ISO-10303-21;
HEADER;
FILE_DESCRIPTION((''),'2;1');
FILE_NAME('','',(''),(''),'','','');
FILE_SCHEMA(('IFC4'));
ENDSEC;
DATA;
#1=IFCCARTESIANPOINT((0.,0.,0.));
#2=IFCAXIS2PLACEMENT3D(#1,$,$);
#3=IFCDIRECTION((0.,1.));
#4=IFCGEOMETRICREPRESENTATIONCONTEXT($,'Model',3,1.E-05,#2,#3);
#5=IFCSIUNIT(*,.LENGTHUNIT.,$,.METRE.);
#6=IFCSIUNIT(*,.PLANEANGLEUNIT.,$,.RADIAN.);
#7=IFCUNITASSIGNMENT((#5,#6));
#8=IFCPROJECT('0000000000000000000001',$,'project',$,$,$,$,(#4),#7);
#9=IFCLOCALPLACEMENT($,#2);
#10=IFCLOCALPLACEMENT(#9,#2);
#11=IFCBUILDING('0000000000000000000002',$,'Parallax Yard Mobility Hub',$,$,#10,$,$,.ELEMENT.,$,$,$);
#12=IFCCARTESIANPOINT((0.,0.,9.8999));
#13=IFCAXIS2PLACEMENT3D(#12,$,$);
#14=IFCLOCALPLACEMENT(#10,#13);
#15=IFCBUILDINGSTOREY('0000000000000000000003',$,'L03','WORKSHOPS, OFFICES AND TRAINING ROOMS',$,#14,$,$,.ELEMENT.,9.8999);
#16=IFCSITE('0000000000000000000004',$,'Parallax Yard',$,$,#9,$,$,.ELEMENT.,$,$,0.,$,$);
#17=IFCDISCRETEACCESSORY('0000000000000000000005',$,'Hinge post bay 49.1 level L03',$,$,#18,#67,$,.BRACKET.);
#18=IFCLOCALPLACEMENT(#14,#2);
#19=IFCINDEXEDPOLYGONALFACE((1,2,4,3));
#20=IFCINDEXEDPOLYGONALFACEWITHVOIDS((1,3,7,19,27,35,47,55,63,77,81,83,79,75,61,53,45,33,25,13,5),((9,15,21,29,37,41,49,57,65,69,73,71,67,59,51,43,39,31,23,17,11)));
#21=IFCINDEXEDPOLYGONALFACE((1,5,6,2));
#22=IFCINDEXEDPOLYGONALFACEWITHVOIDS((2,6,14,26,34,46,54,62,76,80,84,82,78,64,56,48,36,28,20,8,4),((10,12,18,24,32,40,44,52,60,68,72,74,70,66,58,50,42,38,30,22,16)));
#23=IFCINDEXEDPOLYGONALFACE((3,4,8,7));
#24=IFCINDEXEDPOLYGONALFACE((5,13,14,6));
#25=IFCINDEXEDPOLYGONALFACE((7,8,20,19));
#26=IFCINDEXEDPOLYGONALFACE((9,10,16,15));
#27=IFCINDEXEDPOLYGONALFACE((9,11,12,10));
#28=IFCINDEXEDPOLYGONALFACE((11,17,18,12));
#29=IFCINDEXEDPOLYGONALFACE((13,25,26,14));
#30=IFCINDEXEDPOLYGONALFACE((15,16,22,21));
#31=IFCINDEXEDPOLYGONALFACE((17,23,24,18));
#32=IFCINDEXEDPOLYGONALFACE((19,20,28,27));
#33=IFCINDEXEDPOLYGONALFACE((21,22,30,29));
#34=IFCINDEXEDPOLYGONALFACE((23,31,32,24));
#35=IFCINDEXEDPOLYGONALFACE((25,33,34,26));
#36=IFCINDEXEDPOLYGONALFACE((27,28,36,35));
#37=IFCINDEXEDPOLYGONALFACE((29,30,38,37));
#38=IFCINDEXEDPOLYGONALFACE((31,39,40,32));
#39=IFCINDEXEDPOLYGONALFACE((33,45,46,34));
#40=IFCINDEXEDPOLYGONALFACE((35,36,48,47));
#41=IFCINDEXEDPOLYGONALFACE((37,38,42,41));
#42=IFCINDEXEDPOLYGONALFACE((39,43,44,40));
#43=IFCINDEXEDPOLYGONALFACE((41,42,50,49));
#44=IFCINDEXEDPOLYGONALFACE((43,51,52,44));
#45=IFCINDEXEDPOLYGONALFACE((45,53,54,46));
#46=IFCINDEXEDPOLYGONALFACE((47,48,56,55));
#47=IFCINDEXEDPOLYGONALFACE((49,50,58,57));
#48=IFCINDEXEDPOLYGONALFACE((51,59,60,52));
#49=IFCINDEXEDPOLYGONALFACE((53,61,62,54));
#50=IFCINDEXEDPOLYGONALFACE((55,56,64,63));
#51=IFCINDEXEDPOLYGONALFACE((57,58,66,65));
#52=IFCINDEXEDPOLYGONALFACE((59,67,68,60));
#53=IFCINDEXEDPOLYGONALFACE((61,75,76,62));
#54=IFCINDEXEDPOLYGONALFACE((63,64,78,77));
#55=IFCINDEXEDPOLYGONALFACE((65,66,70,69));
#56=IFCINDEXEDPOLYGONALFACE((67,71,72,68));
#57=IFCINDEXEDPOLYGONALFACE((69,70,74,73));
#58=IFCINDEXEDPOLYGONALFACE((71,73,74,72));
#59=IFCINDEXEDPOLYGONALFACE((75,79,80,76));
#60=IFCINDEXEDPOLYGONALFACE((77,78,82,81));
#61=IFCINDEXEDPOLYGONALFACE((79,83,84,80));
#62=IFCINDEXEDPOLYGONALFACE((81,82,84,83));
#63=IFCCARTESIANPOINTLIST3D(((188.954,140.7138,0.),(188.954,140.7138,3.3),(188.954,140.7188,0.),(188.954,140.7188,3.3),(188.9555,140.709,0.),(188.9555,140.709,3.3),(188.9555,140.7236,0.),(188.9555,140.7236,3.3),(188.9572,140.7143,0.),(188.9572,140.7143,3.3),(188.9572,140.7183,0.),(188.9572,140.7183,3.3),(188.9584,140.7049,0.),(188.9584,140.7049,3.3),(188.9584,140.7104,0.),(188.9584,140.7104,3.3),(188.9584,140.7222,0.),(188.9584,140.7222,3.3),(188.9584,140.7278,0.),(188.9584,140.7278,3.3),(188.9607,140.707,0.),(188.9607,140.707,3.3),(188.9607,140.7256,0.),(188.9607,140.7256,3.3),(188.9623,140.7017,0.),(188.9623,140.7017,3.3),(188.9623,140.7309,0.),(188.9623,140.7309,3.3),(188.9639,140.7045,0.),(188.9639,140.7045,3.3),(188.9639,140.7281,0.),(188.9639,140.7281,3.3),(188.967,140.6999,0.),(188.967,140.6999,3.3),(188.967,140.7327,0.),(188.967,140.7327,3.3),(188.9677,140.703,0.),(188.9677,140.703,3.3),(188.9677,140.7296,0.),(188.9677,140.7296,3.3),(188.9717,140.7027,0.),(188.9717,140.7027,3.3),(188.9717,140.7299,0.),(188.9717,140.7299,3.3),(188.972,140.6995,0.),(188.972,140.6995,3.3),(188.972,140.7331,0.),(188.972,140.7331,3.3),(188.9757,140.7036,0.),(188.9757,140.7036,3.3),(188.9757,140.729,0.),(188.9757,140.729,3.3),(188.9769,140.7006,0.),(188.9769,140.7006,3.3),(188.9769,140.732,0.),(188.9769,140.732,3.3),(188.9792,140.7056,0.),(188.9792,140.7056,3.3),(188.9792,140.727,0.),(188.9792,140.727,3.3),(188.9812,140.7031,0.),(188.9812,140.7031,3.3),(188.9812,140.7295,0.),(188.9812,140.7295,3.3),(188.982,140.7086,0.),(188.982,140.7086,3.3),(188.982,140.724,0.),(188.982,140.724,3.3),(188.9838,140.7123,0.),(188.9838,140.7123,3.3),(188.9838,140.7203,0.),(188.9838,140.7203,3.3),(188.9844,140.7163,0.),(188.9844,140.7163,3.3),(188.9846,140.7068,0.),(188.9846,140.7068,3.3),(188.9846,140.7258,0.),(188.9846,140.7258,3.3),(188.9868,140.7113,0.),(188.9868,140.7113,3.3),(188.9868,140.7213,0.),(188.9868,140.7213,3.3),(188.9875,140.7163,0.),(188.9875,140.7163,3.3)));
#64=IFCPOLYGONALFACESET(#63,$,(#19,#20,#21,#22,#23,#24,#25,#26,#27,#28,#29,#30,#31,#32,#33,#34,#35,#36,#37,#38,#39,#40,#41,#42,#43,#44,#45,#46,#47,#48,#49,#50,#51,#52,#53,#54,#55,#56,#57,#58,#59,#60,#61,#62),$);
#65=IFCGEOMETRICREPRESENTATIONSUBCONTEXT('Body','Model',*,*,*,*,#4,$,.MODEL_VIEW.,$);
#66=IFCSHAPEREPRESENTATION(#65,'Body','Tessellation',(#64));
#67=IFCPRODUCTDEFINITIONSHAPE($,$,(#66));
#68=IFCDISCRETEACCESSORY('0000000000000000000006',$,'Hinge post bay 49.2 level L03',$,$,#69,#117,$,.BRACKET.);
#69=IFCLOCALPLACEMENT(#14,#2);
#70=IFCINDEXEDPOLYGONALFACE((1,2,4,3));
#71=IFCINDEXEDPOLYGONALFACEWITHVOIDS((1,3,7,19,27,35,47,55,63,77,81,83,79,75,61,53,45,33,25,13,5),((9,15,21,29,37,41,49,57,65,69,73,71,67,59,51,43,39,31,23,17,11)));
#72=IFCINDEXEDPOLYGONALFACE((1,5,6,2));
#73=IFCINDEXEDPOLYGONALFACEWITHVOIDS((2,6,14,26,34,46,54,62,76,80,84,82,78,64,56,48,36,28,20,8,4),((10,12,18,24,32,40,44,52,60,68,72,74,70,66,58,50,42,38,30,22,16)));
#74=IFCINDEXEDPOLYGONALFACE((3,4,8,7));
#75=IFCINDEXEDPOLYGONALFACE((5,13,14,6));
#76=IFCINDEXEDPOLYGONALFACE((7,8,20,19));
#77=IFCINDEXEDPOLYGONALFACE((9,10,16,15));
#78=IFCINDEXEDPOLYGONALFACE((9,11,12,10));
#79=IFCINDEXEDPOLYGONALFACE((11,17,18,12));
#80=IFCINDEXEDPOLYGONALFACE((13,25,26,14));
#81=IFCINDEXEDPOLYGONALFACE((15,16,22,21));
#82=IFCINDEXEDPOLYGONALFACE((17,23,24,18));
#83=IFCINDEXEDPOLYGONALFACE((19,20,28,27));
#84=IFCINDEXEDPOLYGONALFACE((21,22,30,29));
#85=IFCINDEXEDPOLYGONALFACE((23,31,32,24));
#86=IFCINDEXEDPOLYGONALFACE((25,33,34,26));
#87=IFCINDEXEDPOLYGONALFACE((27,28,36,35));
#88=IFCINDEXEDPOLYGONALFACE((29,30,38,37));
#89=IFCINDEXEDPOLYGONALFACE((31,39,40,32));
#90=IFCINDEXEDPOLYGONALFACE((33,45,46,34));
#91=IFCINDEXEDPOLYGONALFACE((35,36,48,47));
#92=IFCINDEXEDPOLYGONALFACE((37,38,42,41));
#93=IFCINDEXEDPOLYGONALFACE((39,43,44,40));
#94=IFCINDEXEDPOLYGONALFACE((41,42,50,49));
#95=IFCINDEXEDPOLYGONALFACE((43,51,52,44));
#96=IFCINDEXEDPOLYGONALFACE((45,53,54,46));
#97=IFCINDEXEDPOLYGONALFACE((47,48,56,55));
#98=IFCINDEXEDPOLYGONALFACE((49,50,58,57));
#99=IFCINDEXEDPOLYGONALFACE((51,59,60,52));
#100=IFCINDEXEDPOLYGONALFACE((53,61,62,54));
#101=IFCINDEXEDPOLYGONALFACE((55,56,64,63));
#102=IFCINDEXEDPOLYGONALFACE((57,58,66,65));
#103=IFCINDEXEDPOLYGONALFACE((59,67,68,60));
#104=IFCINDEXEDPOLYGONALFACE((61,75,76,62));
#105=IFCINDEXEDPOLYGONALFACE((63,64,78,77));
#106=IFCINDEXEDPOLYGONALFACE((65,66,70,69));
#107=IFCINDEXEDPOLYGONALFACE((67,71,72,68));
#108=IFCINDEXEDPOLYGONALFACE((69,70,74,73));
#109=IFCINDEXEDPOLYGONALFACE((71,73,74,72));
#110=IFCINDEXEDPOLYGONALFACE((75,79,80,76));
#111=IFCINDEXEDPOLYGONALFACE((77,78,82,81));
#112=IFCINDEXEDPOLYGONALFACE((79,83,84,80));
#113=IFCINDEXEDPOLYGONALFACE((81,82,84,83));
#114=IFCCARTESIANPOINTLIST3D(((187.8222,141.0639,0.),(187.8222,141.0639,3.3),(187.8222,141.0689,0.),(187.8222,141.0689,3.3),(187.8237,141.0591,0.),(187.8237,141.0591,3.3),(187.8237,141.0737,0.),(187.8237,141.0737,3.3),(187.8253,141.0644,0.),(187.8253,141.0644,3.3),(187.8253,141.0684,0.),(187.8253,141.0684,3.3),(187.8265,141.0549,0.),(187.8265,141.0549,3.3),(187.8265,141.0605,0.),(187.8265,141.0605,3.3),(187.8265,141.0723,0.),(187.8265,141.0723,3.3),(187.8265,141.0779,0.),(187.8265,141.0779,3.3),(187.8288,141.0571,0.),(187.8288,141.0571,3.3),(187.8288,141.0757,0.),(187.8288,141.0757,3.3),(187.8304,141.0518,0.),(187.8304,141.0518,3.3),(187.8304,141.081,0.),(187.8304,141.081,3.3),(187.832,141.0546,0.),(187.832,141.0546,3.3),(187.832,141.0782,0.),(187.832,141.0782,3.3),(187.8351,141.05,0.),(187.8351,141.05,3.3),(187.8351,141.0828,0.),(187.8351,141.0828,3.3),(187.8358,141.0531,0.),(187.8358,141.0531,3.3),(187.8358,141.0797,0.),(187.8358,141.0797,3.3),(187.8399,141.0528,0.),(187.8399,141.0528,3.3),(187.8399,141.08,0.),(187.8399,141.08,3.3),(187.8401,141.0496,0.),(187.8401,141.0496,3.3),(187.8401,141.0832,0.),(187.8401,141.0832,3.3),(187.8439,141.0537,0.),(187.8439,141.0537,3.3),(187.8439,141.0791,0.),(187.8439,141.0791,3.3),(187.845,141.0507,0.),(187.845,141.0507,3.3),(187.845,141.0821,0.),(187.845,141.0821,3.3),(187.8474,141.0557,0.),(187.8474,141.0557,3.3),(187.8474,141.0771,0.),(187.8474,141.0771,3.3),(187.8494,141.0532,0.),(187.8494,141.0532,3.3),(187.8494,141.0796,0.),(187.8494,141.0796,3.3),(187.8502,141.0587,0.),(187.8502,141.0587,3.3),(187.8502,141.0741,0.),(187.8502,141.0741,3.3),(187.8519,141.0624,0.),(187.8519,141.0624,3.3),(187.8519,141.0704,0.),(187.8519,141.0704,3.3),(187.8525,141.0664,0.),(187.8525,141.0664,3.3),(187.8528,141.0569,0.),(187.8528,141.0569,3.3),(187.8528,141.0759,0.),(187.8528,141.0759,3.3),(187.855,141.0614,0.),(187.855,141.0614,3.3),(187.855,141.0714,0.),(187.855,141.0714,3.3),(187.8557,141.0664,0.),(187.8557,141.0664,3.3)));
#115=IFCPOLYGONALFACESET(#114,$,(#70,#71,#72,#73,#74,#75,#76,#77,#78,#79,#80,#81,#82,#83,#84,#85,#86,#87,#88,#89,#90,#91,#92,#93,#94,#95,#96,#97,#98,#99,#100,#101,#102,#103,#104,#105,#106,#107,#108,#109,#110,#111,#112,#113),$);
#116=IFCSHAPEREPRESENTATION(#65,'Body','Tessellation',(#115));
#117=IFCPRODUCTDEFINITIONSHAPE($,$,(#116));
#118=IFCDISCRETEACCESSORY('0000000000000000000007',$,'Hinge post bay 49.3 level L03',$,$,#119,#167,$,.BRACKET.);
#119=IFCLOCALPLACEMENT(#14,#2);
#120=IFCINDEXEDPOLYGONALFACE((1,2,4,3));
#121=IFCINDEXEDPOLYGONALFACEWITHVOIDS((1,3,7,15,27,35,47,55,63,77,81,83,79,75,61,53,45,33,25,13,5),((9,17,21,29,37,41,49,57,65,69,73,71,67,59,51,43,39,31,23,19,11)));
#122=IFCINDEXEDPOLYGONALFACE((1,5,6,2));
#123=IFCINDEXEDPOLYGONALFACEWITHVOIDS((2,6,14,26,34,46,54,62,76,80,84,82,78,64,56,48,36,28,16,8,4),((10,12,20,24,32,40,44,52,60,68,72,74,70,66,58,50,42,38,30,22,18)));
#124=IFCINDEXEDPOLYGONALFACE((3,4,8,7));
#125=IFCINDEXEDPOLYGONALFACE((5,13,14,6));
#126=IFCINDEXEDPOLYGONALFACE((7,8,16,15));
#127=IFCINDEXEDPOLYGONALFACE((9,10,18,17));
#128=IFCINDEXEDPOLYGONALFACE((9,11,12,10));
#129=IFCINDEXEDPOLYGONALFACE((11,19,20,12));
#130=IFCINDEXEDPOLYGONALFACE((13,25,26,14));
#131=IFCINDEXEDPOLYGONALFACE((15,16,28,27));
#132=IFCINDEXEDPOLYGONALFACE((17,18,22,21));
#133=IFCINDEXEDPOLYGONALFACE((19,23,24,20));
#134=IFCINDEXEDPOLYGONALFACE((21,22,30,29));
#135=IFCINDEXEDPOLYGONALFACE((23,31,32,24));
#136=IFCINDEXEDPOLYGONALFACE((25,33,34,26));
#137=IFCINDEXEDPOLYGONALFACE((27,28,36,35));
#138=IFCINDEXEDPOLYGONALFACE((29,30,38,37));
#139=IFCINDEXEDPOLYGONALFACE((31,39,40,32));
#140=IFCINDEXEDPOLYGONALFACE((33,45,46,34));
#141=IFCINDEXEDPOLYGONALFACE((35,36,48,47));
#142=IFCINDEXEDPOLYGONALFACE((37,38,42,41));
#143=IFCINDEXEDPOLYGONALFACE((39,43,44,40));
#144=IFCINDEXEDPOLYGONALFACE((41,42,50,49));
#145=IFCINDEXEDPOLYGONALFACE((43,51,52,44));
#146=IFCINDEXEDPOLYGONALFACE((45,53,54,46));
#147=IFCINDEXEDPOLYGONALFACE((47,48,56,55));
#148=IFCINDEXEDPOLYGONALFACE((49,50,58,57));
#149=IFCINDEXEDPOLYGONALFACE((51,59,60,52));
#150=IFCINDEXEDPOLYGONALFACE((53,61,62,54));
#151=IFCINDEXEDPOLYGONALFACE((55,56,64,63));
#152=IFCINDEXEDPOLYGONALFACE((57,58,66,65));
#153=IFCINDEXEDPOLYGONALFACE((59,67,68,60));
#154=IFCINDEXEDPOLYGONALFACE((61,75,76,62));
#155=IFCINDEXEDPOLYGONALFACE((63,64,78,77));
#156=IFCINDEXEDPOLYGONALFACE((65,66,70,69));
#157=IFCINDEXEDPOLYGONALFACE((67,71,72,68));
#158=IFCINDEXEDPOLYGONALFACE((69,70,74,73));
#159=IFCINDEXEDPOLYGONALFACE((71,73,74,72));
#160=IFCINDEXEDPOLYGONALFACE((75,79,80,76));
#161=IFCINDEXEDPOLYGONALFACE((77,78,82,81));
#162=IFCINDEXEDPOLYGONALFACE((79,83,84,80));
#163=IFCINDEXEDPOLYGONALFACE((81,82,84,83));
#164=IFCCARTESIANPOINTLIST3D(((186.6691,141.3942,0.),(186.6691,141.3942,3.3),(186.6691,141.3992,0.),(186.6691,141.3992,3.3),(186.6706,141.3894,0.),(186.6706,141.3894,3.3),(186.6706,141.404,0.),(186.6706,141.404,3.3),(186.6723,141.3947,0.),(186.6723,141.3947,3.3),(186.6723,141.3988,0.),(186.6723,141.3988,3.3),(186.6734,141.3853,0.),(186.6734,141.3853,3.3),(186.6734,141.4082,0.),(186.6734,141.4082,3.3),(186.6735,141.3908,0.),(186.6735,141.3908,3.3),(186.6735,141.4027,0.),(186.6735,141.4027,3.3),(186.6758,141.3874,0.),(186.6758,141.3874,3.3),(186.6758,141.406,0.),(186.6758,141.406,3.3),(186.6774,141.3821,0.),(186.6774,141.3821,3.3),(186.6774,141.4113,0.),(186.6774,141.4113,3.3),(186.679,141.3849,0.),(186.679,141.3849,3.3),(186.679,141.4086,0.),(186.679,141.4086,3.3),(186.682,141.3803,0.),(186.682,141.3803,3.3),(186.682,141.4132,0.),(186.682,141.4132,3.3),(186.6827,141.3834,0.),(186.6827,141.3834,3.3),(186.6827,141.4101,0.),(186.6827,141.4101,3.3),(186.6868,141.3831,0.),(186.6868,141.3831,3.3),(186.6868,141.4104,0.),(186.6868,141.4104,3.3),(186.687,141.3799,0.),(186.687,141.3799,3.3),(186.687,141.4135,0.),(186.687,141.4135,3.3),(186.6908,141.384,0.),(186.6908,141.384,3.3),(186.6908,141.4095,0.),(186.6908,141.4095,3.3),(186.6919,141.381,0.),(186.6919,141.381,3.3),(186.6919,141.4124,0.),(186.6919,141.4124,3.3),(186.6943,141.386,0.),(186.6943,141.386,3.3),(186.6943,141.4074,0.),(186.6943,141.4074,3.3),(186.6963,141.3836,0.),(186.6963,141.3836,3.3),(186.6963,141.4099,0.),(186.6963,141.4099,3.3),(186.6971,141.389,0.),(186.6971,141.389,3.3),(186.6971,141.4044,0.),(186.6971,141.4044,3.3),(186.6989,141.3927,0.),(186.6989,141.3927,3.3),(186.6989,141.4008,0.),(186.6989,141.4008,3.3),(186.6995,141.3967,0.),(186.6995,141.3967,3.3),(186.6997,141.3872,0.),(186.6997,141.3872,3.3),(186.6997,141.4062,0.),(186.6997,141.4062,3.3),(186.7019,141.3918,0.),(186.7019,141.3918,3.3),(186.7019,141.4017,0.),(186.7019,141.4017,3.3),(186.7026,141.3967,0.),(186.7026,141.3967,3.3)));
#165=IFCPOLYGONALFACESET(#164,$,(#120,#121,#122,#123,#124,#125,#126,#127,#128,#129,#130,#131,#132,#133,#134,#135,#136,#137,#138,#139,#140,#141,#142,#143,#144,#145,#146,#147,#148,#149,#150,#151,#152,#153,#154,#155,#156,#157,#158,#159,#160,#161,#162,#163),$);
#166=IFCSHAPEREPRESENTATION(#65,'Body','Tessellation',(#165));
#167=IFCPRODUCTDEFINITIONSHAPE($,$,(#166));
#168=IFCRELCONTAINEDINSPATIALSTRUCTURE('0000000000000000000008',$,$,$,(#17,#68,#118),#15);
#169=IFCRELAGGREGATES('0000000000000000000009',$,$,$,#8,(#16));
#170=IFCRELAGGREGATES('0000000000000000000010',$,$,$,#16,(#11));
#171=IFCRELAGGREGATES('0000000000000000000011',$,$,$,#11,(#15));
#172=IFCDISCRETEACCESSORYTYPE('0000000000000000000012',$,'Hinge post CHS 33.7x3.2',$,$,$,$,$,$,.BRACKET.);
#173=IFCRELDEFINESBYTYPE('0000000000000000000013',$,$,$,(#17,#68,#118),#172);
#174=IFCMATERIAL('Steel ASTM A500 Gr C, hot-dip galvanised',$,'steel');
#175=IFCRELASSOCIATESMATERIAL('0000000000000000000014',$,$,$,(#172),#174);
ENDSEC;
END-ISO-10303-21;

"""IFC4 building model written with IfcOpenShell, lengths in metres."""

from ifc_helpers import new_model, si_unit, direction, frame, origin, origin_2d, place, context, subcontext, project, spatial, hollow_circle, extrude, material, material_profile, profile_set, type_object, element, save


model = new_model("IFC4")

# Units and contexts
model_context = context("Model", 3, precision=1e-05, world=origin(), true_north=direction((0.0, 1.0)))
body_context = subcontext(model_context, "Body", "Model", "MODEL_VIEW")
ifc_project = project(units=[si_unit("LENGTHUNIT", "METRE"), si_unit("PLANEANGLEUNIT", "RADIAN")], contexts=[model_context])

# Site, building, storey
site_placement = place(None, origin())
site = spatial("IfcSite", under=ifc_project, at=site_placement, Name="Parallax Yard", CompositionType="ELEMENT", RefElevation=0.0)
building_placement = place(site_placement, origin())
building = spatial("IfcBuilding", under=site, at=building_placement, Name="Parallax Yard Mobility Hub", CompositionType="ELEMENT")
storey_placement = place(building_placement, frame((0.0, 0.0, 9.8999)))
storey = spatial("IfcBuildingStorey", under=building, at=storey_placement, Name="L03", Description="WORKSHOPS, OFFICES AND TRAINING ROOMS", CompositionType="ELEMENT", Elevation=9.8999)

# Discrete accessories
ifc_material_1 = material(Name="Steel ASTM A500 Gr C, hot-dip galvanised", Category="steel")
ifc_material_profile_1 = material_profile(ifc_material_1, hollow_circle(Radius=0.0168, WallThickness=0.0032, at=origin_2d()), Name="CHS 33.7x3.2")
ifc_profile_set_1 = profile_set([ifc_material_profile_1], Name="Steel ASTM A500 Gr C, hot-dip galvanised")
discrete_accessory_type_1 = type_object("IfcDiscreteAccessoryType", Name="Hinge post CHS 33.7x3.2", PredefinedType="BRACKET", material=ifc_profile_set_1)
for number, where, z_axis, x_axis, name in (
    (1, (188.9707, 140.7163, 0.0), (0.0, 0.0, 1.0), (1.0, 0.0, 0.0), "Hinge post bay 49.1 level L03"),
    (2, (187.8389, 141.0664, 0.0), (0.0, 0.0, 1.0), (1.0, 0.0, 0.0), "Hinge post bay 49.2 level L03"),
    (3, (186.6858, 141.3967, 0.0), (0.0, 0.0, 1.0), (1.0, 0.0, 0.0), "Hinge post bay 49.3 level L03"),
):
    element("IfcDiscreteAccessory", number, at=place(storey_placement, frame(where, z_axis=z_axis, x_axis=x_axis)), inside=storey, type_object=discrete_accessory_type_1, Name=name, PredefinedType="BRACKET", context=body_context, shape_type="SweptSolid", body=[
        extrude(hollow_circle(Radius=0.0168, WallThickness=0.0032, at=origin_2d()), origin(), (0.0, 0.0, 1.0), 3.3),
    ])

save(model, "model.ifc")
